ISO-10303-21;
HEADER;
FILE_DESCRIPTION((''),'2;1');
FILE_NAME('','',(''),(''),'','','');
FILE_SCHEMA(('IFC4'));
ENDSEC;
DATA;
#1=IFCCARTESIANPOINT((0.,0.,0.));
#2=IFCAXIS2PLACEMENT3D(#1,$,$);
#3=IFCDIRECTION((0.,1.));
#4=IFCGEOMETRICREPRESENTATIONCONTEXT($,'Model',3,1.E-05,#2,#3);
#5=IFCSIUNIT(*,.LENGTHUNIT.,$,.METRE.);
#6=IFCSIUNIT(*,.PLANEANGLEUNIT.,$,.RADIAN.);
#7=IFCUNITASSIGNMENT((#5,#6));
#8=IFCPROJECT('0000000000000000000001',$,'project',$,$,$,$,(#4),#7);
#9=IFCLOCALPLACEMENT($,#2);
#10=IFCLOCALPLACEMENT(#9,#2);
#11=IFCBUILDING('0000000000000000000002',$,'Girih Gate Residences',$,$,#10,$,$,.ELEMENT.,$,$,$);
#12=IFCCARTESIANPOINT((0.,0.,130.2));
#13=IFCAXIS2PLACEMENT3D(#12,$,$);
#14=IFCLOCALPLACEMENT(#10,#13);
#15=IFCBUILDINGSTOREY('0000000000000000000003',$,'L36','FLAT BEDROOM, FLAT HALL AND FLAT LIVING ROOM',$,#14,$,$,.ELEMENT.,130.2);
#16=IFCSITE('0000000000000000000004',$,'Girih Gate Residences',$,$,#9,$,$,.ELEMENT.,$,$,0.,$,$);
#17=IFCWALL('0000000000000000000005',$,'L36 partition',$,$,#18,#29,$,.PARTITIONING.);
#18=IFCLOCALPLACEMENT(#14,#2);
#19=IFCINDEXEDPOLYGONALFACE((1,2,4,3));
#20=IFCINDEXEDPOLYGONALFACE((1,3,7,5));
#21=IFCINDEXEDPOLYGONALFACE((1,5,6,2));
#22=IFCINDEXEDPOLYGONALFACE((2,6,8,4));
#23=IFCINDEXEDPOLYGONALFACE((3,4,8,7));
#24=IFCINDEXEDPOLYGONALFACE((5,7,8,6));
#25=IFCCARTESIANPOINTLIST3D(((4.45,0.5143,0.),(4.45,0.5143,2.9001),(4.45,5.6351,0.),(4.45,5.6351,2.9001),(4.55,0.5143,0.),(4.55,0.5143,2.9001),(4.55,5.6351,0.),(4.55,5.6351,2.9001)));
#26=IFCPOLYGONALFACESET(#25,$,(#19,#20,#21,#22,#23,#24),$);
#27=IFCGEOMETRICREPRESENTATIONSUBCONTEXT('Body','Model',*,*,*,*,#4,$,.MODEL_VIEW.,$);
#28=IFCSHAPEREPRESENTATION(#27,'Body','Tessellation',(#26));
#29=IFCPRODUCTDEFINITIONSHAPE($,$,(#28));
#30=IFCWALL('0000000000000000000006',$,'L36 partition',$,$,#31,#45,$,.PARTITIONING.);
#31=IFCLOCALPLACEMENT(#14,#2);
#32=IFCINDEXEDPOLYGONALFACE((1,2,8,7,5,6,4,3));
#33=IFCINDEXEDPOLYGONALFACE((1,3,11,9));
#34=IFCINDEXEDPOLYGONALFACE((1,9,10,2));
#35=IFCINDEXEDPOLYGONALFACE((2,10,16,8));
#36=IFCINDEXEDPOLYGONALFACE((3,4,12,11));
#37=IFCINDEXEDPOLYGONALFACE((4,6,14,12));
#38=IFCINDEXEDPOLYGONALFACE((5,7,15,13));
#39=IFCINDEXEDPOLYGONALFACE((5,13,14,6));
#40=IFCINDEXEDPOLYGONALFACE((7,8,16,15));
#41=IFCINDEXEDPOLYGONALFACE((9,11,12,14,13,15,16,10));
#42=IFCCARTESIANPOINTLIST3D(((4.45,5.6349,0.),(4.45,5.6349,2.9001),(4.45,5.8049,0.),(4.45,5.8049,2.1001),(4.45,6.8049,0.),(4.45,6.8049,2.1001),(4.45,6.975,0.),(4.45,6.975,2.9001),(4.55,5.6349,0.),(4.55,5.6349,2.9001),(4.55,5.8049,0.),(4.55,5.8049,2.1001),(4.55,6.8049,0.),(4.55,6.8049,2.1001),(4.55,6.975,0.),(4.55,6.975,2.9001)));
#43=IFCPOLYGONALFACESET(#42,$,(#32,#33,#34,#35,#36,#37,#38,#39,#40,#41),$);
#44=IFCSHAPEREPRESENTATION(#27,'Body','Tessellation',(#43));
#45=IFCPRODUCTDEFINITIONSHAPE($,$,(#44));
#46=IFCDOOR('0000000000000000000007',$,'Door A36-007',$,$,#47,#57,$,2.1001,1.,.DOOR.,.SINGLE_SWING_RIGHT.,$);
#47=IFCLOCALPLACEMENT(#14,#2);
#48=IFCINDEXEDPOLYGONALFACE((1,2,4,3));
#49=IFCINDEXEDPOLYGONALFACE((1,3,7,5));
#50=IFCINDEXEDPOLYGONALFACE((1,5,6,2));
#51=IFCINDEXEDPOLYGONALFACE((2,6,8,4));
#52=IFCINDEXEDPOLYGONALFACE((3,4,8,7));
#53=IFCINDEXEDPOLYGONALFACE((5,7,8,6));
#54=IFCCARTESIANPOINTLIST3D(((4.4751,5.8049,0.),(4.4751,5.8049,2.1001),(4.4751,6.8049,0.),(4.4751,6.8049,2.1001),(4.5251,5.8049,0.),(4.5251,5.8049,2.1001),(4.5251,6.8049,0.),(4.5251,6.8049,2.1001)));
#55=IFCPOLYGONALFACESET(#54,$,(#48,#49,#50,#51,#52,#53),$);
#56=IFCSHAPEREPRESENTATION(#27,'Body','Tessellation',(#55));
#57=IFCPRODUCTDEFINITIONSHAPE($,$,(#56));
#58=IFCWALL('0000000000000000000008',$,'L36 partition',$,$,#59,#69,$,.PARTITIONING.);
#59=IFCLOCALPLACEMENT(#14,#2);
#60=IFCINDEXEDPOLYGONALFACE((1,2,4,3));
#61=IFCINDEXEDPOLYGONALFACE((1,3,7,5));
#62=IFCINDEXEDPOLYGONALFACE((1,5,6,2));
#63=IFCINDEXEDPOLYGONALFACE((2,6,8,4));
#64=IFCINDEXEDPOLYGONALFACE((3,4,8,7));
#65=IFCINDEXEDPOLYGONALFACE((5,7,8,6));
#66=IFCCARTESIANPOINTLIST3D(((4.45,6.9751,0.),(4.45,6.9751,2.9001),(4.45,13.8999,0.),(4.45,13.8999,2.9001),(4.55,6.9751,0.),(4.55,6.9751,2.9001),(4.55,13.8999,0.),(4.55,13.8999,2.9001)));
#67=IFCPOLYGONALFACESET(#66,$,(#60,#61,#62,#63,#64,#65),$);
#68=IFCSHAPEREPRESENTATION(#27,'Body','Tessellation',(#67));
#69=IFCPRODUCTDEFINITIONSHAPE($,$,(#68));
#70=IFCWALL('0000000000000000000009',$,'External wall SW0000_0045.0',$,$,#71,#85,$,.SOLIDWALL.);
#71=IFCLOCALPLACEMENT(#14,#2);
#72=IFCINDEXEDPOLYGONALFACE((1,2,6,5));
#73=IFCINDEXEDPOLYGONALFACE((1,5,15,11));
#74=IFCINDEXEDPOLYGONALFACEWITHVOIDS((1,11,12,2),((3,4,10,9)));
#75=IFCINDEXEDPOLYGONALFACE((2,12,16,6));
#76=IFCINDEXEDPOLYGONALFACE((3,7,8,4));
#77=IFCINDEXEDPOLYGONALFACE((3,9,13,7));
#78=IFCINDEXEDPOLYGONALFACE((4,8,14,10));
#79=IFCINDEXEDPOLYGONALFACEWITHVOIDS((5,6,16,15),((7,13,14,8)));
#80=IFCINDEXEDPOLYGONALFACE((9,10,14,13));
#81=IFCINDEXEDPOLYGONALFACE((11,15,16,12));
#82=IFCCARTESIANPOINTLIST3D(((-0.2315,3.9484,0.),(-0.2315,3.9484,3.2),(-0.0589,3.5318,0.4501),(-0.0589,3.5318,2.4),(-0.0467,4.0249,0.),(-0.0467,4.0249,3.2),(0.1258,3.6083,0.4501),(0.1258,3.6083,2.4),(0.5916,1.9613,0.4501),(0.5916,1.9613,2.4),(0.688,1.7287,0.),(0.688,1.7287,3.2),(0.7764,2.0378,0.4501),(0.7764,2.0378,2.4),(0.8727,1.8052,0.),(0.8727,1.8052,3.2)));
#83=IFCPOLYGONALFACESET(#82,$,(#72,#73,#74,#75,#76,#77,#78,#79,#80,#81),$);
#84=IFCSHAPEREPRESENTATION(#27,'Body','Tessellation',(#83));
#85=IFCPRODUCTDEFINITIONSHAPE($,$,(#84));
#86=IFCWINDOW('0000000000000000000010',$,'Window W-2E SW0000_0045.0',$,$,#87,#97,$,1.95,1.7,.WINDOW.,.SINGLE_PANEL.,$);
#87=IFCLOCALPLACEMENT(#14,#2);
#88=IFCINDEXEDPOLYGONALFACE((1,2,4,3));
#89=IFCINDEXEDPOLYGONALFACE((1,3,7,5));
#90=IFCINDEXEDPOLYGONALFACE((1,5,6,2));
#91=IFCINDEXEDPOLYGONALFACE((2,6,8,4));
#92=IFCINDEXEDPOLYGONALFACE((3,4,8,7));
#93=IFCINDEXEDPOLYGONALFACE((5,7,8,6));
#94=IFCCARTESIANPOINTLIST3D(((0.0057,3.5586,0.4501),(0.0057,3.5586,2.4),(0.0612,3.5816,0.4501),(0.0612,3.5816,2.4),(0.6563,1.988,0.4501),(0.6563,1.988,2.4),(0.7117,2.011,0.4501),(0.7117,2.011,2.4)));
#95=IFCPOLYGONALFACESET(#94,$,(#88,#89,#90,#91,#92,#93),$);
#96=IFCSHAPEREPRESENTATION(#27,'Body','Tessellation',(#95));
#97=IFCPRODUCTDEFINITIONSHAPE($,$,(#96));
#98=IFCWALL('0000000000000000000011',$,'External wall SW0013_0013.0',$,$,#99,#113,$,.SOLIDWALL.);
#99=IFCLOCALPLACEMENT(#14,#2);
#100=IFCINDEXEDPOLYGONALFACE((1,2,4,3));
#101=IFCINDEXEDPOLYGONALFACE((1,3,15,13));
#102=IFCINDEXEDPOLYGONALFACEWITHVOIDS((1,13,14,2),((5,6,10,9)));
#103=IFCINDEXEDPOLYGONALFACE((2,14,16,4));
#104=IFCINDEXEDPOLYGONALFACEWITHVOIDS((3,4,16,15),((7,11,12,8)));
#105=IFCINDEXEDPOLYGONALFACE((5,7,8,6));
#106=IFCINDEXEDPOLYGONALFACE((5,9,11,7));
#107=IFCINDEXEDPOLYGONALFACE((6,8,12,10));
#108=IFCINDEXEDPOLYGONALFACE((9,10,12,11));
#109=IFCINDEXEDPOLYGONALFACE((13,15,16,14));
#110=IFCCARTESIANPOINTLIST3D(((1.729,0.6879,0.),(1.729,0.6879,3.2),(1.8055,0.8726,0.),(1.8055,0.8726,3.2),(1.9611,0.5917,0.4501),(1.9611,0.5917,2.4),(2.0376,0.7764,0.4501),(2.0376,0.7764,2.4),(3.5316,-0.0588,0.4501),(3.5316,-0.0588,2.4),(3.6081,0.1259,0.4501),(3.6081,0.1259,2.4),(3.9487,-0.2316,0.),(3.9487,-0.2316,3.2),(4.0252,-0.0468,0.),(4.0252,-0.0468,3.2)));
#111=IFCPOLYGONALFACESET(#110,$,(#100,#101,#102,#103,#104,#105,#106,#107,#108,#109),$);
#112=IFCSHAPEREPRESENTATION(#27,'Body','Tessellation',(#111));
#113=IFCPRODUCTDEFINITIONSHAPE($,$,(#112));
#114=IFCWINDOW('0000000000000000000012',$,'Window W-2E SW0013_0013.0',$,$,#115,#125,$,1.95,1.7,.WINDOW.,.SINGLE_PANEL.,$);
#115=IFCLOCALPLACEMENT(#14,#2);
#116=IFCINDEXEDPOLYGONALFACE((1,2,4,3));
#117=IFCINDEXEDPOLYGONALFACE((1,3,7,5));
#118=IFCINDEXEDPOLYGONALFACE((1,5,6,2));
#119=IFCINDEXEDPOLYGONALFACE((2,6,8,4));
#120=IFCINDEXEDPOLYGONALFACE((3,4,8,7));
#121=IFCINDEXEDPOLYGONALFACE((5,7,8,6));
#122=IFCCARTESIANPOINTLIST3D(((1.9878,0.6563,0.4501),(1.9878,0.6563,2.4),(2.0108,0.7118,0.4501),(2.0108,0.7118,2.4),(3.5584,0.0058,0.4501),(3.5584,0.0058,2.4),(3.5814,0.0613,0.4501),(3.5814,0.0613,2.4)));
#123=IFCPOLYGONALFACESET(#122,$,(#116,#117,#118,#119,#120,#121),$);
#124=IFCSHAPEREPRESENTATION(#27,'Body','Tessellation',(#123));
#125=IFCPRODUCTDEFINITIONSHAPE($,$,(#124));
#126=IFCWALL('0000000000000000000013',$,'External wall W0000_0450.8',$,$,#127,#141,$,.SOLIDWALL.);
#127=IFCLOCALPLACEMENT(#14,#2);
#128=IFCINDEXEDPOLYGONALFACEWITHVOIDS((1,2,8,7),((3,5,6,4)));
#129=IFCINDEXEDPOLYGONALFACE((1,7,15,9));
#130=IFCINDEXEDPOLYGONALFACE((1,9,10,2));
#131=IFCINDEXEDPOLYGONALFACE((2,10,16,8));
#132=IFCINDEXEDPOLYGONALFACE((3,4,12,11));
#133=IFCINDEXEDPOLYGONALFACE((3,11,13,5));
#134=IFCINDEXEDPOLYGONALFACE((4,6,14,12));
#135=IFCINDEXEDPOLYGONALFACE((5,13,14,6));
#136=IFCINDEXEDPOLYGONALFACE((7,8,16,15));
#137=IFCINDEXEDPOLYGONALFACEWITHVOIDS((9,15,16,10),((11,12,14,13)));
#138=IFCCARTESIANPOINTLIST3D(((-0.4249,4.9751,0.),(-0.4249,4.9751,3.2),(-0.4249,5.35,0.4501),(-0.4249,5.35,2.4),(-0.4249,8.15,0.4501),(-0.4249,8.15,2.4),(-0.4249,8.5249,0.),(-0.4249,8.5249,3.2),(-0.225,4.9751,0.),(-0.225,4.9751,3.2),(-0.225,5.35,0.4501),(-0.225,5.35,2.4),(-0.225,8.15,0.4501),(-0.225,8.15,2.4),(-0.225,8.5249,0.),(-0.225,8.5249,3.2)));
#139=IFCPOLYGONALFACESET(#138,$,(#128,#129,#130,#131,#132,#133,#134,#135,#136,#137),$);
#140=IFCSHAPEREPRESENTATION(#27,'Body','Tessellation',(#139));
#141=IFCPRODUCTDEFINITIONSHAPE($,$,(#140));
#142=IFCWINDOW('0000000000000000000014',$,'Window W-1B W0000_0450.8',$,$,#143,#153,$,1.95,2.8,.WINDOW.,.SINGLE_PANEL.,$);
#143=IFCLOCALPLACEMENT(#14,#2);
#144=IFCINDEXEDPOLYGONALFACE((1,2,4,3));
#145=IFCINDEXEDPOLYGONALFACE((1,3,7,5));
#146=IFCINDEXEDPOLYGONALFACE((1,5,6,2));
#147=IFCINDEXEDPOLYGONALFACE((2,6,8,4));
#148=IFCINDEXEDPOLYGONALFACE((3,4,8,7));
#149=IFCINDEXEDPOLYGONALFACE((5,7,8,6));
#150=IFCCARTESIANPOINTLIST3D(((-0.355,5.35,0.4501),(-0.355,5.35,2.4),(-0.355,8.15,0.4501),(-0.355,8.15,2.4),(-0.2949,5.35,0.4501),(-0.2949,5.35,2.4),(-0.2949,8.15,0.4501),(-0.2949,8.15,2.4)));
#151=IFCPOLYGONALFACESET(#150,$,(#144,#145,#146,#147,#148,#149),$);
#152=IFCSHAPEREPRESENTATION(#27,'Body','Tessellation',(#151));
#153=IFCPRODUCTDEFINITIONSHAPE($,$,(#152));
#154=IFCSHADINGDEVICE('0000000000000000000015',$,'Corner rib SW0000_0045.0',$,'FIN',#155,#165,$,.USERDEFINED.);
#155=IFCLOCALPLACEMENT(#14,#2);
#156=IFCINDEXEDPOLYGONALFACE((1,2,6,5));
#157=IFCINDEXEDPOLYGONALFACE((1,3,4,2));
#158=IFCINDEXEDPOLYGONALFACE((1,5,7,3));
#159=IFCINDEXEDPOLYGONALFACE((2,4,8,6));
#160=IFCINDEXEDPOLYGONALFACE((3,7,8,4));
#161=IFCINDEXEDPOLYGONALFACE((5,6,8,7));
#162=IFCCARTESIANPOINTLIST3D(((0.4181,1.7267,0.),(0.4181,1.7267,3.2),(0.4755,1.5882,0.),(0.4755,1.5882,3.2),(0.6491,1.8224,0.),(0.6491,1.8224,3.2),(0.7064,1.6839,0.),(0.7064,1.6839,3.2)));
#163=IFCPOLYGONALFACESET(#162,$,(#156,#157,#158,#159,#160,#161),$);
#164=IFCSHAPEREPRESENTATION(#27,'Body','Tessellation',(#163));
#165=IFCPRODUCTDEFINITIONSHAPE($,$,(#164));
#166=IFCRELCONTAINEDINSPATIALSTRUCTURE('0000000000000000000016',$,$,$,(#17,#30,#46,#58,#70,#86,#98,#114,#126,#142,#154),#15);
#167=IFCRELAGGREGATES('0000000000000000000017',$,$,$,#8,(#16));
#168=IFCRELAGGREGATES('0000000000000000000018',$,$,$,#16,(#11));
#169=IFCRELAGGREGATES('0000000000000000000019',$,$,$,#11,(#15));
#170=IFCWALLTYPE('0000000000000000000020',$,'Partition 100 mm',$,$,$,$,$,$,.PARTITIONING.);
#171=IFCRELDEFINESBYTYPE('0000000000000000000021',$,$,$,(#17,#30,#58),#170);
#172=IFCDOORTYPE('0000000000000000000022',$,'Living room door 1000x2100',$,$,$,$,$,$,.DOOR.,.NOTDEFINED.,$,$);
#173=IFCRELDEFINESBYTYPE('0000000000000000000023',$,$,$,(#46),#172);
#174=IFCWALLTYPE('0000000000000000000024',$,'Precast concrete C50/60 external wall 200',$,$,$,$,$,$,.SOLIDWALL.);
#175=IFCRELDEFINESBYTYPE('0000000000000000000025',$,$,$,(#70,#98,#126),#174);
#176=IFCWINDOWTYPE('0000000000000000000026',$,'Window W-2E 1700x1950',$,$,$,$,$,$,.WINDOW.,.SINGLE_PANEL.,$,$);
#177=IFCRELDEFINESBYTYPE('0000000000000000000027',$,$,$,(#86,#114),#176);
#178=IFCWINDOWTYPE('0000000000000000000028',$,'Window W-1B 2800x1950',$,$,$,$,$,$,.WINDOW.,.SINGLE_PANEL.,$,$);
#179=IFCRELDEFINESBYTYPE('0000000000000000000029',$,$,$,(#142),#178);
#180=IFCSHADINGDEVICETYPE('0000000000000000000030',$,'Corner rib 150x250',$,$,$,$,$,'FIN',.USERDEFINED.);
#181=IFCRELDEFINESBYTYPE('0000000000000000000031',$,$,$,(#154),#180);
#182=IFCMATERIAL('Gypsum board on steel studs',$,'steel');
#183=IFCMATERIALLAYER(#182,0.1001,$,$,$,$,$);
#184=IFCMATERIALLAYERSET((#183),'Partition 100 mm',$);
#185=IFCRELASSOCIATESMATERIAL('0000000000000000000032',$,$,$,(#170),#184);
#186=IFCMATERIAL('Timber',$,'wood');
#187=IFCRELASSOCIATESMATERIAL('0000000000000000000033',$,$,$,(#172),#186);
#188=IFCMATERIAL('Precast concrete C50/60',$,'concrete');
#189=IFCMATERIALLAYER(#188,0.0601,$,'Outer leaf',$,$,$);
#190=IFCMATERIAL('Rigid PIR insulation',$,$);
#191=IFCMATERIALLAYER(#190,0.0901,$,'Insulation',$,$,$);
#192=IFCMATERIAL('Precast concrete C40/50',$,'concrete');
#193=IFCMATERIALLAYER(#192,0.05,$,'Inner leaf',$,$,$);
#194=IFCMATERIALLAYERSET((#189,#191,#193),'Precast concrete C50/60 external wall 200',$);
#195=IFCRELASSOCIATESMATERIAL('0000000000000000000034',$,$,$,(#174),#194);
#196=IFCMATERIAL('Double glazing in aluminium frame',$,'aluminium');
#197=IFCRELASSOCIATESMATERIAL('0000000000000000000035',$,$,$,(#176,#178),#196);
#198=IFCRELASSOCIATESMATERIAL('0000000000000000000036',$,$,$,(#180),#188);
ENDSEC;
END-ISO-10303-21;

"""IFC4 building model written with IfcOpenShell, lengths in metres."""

from ifc_helpers import new_model, si_unit, direction, frame, frame_2d, origin, origin_2d, place, context, subcontext, project, spatial, rectangle, extrude, material, layer, layer_set, type_object, element, fill, save


model = new_model("IFC4")

# Units and contexts
model_context = context("Model", 3, precision=1e-05, world=origin(), true_north=direction((0.0, 1.0)))
body_context = subcontext(model_context, "Body", "Model", "MODEL_VIEW")
ifc_project = project(units=[si_unit("LENGTHUNIT", "METRE"), si_unit("PLANEANGLEUNIT", "RADIAN")], contexts=[model_context])

# Site, building, storey
site_placement = place(None, origin())
site = spatial("IfcSite", under=ifc_project, at=site_placement, Name="Girih Gate Residences", CompositionType="ELEMENT", RefElevation=0.0)
building_placement = place(site_placement, origin())
building = spatial("IfcBuilding", under=site, at=building_placement, Name="Girih Gate Residences", CompositionType="ELEMENT")
storey_placement = place(building_placement, frame((0.0, 0.0, 130.2)))
storey = spatial("IfcBuildingStorey", under=building, at=storey_placement, Name="L36", Description="FLAT BEDROOM, FLAT HALL AND FLAT LIVING ROOM", CompositionType="ELEMENT", Elevation=130.2)

# Wall
ifc_material_1 = material(Name="Gypsum board on steel studs", Category="steel")
ifc_layer_1 = layer(ifc_material_1, 0.1001)
ifc_layer_set_1 = layer_set([ifc_layer_1], Name="Partition 100 mm")
wall_type_1 = type_object("IfcWallType", Name="Partition 100 mm", PredefinedType="PARTITIONING", material=ifc_layer_set_1)
wall_1_placement = place(storey_placement, frame((4.5, 0.5142, 0.0), z_axis=(0.0, 0.0, 1.0), x_axis=(0.0, 1.0, 0.0)))
element("IfcWall", 1, at=wall_1_placement, inside=storey, type_object=wall_type_1, Name="L36 partition", PredefinedType="PARTITIONING", context=body_context, shape_type="SweptSolid", body=[
    extrude(rectangle(XDim=5.1208, YDim=0.1001, at=frame_2d((2.5605, 0.0))), origin(), (0.0, 0.0, 1.0), 2.9001),
])

# Wall, opening, door
wall_2_placement = place(storey_placement, frame((4.5, 5.635, 0.0), z_axis=(0.0, 0.0, 1.0), x_axis=(0.0, 1.0, 0.0)))
wall_2 = element("IfcWall", 2, at=wall_2_placement, inside=storey, type_object=wall_type_1, Name="L36 partition", PredefinedType="PARTITIONING", context=body_context, shape_type="SweptSolid", body=[
    extrude(rectangle(XDim=1.3401, YDim=0.1001, at=frame_2d((0.6699, 0.0))), origin(), (0.0, 0.0, 1.0), 2.9001),
])
opening_1_placement = place(wall_2_placement, frame((0.1699, 0.0, 0.0)))
opening_1 = element("IfcOpeningElement", 3, at=opening_1_placement, cuts=wall_2, PredefinedType="OPENING", context=body_context, shape_type="SweptSolid", body=[
    extrude(rectangle(XDim=1.0, YDim=2.1001, at=frame_2d((0.5, 1.05))), frame((0.0, 0.0601, 0.0), z_axis=(0.0, -1.0, 0.0), x_axis=(1.0, 0.0, 0.0)), (0.0, 0.0, 1.0), 0.1201),
])
ifc_material_2 = material(Name="Timber", Category="wood")
door_type = type_object("IfcDoorType", Name="Living room door 1000x2100", OperationType="NOTDEFINED", PredefinedType="DOOR", material=ifc_material_2)
door_placement = place(opening_1_placement, origin())
door = element("IfcDoor", 4, at=door_placement, inside=storey, type_object=door_type, Name="Door A36-007", OperationType="SINGLE_SWING_RIGHT", OverallHeight=2.1001, OverallWidth=1.0, PredefinedType="DOOR", context=body_context, shape_type="SweptSolid", body=[
    extrude(rectangle(XDim=1.0, YDim=2.1001, at=frame_2d((0.5, 1.05))), frame((0.0, 0.0249, 0.0), z_axis=(0.0, -1.0, 0.0), x_axis=(1.0, 0.0, 0.0)), (0.0, 0.0, 1.0), 0.05),
])
fill(opening_1, door)

# Wall
wall_3_placement = place(storey_placement, frame((4.5, 6.9751, 0.0), z_axis=(0.0, 0.0, 1.0), x_axis=(0.0, 1.0, 0.0)))
element("IfcWall", 5, at=wall_3_placement, inside=storey, type_object=wall_type_1, Name="L36 partition", PredefinedType="PARTITIONING", context=body_context, shape_type="SweptSolid", body=[
    extrude(rectangle(XDim=6.9248, YDim=0.1001, at=frame_2d((3.4624, 0.0))), origin(), (0.0, 0.0, 1.0), 2.9001),
])

# Walls, openings, windows
ifc_material_3 = material(Name="Precast concrete C50/60", Category="concrete")
ifc_layer_2 = layer(ifc_material_3, 0.0601, Name="Outer leaf")
ifc_material_4 = material(Name="Rigid PIR insulation")
ifc_layer_3 = layer(ifc_material_4, 0.0901, Name="Insulation")
ifc_material_5 = material(Name="Precast concrete C40/50", Category="concrete")
ifc_layer_4 = layer(ifc_material_5, 0.05, Name="Inner leaf")
ifc_layer_set_2 = layer_set([ifc_layer_2, ifc_layer_3, ifc_layer_4], Name="Precast concrete C50/60 external wall 200")
wall_type_2 = type_object("IfcWallType", Name="Precast concrete C50/60 external wall 200", PredefinedType="SOLIDWALL", material=ifc_layer_set_2)
wall_4_placement = place(storey_placement, frame((0.7803, 1.7671, 0.0), z_axis=(0.0, 0.0, 1.0), x_axis=(-0.382681, 0.923881, 0.0)))
wall_4 = element("IfcWall", 6, at=wall_4_placement, inside=storey, type_object=wall_type_2, Name="External wall SW0000_0045.0", PredefinedType="SOLIDWALL", context=body_context, shape_type="SweptSolid", body=[
    extrude(rectangle(XDim=2.4026, YDim=0.2, at=frame_2d((1.2012, 0.0))), origin(), (0.0, 0.0, 1.0), 3.2),
])
opening_2_placement = place(wall_4_placement, frame((0.2515, 0.0, 0.45)))
opening_2 = element("IfcOpeningElement", 7, at=opening_2_placement, cuts=wall_4, PredefinedType="OPENING", context=body_context, shape_type="SweptSolid", body=[
    extrude(rectangle(XDim=1.7, YDim=1.95, at=frame_2d((0.8501, 0.9751))), frame((0.0, 0.1099, 0.0), z_axis=(0.0, -1.0, 0.0), x_axis=(1.0, 0.0, 0.0)), (0.0, 0.0, 1.0), 0.22),
])
ifc_material_6 = material(Name="Double glazing in aluminium frame", Category="aluminium")
window_type_1 = type_object("IfcWindowType", Name="Window W-2E 1700x1950", PartitioningType="SINGLE_PANEL", PredefinedType="WINDOW", material=ifc_material_6)
window_1_placement = place(opening_2_placement, origin())
window_1 = element("IfcWindow", 8, at=window_1_placement, inside=storey, type_object=window_type_1, Name="Window W-2E SW0000_0045.0", OverallHeight=1.95, OverallWidth=1.7, PartitioningType="SINGLE_PANEL", PredefinedType="WINDOW", context=body_context, shape_type="SweptSolid", body=[
    extrude(rectangle(XDim=1.7, YDim=1.95, at=frame_2d((0.8501, 0.9751))), frame((0.0, 0.03, 0.0), z_axis=(0.0, -1.0, 0.0), x_axis=(1.0, 0.0, 0.0)), (0.0, 0.0, 1.0), 0.0601),
])
fill(opening_2, window_1)
wall_5_placement = place(storey_placement, frame((3.9868, -0.1392, 0.0), z_axis=(0.0, 0.0, 1.0), x_axis=(-0.923881, 0.382681, 0.0)))
wall_5 = element("IfcWall", 9, at=wall_5_placement, inside=storey, type_object=wall_type_2, Name="External wall SW0013_0013.0", PredefinedType="SOLIDWALL", context=body_context, shape_type="SweptSolid", body=[
    extrude(rectangle(XDim=2.4026, YDim=0.2, at=frame_2d((1.2012, 0.0))), origin(), (0.0, 0.0, 1.0), 3.2),
])
opening_3_placement = place(wall_5_placement, frame((0.4512, 0.0, 0.45)))
opening_3 = element("IfcOpeningElement", 10, at=opening_3_placement, cuts=wall_5, PredefinedType="OPENING", context=body_context, shape_type="SweptSolid", body=[
    extrude(rectangle(XDim=1.7, YDim=1.95, at=frame_2d((0.8501, 0.9751))), frame((0.0, 0.1099, 0.0), z_axis=(0.0, -1.0, 0.0), x_axis=(1.0, 0.0, 0.0)), (0.0, 0.0, 1.0), 0.22),
])
window_2_placement = place(opening_3_placement, origin())
window_2 = element("IfcWindow", 11, at=window_2_placement, inside=storey, type_object=window_type_1, Name="Window W-2E SW0013_0013.0", OverallHeight=1.95, OverallWidth=1.7, PartitioningType="SINGLE_PANEL", PredefinedType="WINDOW", context=body_context, shape_type="SweptSolid", body=[
    extrude(rectangle(XDim=1.7, YDim=1.95, at=frame_2d((0.8501, 0.9751))), frame((0.0, 0.03, 0.0), z_axis=(0.0, -1.0, 0.0), x_axis=(1.0, 0.0, 0.0)), (0.0, 0.0, 1.0), 0.0601),
])
fill(opening_3, window_2)
wall_6_placement = place(storey_placement, frame((-0.325, 4.9751, 0.0), z_axis=(0.0, 0.0, 1.0), x_axis=(0.0, 1.0, 0.0)))
wall_6 = element("IfcWall", 12, at=wall_6_placement, inside=storey, type_object=wall_type_2, Name="External wall W0000_0450.8", PredefinedType="SOLIDWALL", context=body_context, shape_type="SweptSolid", body=[
    extrude(rectangle(XDim=3.5498, YDim=0.2, at=frame_2d((1.7749, 0.0))), origin(), (0.0, 0.0, 1.0), 3.2),
])
opening_4_placement = place(wall_6_placement, frame((0.375, 0.0, 0.45)))
opening_4 = element("IfcOpeningElement", 13, at=opening_4_placement, cuts=wall_6, PredefinedType="OPENING", context=body_context, shape_type="SweptSolid", body=[
    extrude(rectangle(XDim=2.8, YDim=1.95, at=frame_2d((1.3999, 0.9751))), frame((0.0, 0.1099, 0.0), z_axis=(0.0, -1.0, 0.0), x_axis=(1.0, 0.0, 0.0)), (0.0, 0.0, 1.0), 0.22),
])
window_type_2 = type_object("IfcWindowType", Name="Window W-1B 2800x1950", PartitioningType="SINGLE_PANEL", PredefinedType="WINDOW", material=ifc_material_6)
window_3_placement = place(opening_4_placement, origin())
window_3 = element("IfcWindow", 14, at=window_3_placement, inside=storey, type_object=window_type_2, Name="Window W-1B W0000_0450.8", OverallHeight=1.95, OverallWidth=2.8, PartitioningType="SINGLE_PANEL", PredefinedType="WINDOW", context=body_context, shape_type="SweptSolid", body=[
    extrude(rectangle(XDim=2.8, YDim=1.95, at=frame_2d((1.3999, 0.9751))), frame((0.0, 0.03, 0.0), z_axis=(0.0, -1.0, 0.0), x_axis=(1.0, 0.0, 0.0)), (0.0, 0.0, 1.0), 0.0601),
])
fill(opening_4, window_3)

# Shading device
shading_device_type = type_object("IfcShadingDeviceType", Name="Corner rib 150x250", ElementType="FIN", PredefinedType="USERDEFINED", material=ifc_material_3)
for number, where, z_axis, x_axis, name in (
    (15, (0.5623, 1.7053, 0.0), (0.0, 0.0, 1.0), (0.382683, -0.92388, 0.0), "Corner rib SW0000_0045.0"),
):
    element("IfcShadingDevice", number, at=place(storey_placement, frame(where, z_axis=z_axis, x_axis=x_axis)), inside=storey, type_object=shading_device_type, Name=name, ObjectType="FIN", PredefinedType="USERDEFINED", context=body_context, shape_type="SweptSolid", body=[
        extrude(rectangle(XDim=0.1499, YDim=0.25, at=origin_2d()), origin(), (0.0, 0.0, 1.0), 3.2),
    ])

save(model, "model.ifc")
